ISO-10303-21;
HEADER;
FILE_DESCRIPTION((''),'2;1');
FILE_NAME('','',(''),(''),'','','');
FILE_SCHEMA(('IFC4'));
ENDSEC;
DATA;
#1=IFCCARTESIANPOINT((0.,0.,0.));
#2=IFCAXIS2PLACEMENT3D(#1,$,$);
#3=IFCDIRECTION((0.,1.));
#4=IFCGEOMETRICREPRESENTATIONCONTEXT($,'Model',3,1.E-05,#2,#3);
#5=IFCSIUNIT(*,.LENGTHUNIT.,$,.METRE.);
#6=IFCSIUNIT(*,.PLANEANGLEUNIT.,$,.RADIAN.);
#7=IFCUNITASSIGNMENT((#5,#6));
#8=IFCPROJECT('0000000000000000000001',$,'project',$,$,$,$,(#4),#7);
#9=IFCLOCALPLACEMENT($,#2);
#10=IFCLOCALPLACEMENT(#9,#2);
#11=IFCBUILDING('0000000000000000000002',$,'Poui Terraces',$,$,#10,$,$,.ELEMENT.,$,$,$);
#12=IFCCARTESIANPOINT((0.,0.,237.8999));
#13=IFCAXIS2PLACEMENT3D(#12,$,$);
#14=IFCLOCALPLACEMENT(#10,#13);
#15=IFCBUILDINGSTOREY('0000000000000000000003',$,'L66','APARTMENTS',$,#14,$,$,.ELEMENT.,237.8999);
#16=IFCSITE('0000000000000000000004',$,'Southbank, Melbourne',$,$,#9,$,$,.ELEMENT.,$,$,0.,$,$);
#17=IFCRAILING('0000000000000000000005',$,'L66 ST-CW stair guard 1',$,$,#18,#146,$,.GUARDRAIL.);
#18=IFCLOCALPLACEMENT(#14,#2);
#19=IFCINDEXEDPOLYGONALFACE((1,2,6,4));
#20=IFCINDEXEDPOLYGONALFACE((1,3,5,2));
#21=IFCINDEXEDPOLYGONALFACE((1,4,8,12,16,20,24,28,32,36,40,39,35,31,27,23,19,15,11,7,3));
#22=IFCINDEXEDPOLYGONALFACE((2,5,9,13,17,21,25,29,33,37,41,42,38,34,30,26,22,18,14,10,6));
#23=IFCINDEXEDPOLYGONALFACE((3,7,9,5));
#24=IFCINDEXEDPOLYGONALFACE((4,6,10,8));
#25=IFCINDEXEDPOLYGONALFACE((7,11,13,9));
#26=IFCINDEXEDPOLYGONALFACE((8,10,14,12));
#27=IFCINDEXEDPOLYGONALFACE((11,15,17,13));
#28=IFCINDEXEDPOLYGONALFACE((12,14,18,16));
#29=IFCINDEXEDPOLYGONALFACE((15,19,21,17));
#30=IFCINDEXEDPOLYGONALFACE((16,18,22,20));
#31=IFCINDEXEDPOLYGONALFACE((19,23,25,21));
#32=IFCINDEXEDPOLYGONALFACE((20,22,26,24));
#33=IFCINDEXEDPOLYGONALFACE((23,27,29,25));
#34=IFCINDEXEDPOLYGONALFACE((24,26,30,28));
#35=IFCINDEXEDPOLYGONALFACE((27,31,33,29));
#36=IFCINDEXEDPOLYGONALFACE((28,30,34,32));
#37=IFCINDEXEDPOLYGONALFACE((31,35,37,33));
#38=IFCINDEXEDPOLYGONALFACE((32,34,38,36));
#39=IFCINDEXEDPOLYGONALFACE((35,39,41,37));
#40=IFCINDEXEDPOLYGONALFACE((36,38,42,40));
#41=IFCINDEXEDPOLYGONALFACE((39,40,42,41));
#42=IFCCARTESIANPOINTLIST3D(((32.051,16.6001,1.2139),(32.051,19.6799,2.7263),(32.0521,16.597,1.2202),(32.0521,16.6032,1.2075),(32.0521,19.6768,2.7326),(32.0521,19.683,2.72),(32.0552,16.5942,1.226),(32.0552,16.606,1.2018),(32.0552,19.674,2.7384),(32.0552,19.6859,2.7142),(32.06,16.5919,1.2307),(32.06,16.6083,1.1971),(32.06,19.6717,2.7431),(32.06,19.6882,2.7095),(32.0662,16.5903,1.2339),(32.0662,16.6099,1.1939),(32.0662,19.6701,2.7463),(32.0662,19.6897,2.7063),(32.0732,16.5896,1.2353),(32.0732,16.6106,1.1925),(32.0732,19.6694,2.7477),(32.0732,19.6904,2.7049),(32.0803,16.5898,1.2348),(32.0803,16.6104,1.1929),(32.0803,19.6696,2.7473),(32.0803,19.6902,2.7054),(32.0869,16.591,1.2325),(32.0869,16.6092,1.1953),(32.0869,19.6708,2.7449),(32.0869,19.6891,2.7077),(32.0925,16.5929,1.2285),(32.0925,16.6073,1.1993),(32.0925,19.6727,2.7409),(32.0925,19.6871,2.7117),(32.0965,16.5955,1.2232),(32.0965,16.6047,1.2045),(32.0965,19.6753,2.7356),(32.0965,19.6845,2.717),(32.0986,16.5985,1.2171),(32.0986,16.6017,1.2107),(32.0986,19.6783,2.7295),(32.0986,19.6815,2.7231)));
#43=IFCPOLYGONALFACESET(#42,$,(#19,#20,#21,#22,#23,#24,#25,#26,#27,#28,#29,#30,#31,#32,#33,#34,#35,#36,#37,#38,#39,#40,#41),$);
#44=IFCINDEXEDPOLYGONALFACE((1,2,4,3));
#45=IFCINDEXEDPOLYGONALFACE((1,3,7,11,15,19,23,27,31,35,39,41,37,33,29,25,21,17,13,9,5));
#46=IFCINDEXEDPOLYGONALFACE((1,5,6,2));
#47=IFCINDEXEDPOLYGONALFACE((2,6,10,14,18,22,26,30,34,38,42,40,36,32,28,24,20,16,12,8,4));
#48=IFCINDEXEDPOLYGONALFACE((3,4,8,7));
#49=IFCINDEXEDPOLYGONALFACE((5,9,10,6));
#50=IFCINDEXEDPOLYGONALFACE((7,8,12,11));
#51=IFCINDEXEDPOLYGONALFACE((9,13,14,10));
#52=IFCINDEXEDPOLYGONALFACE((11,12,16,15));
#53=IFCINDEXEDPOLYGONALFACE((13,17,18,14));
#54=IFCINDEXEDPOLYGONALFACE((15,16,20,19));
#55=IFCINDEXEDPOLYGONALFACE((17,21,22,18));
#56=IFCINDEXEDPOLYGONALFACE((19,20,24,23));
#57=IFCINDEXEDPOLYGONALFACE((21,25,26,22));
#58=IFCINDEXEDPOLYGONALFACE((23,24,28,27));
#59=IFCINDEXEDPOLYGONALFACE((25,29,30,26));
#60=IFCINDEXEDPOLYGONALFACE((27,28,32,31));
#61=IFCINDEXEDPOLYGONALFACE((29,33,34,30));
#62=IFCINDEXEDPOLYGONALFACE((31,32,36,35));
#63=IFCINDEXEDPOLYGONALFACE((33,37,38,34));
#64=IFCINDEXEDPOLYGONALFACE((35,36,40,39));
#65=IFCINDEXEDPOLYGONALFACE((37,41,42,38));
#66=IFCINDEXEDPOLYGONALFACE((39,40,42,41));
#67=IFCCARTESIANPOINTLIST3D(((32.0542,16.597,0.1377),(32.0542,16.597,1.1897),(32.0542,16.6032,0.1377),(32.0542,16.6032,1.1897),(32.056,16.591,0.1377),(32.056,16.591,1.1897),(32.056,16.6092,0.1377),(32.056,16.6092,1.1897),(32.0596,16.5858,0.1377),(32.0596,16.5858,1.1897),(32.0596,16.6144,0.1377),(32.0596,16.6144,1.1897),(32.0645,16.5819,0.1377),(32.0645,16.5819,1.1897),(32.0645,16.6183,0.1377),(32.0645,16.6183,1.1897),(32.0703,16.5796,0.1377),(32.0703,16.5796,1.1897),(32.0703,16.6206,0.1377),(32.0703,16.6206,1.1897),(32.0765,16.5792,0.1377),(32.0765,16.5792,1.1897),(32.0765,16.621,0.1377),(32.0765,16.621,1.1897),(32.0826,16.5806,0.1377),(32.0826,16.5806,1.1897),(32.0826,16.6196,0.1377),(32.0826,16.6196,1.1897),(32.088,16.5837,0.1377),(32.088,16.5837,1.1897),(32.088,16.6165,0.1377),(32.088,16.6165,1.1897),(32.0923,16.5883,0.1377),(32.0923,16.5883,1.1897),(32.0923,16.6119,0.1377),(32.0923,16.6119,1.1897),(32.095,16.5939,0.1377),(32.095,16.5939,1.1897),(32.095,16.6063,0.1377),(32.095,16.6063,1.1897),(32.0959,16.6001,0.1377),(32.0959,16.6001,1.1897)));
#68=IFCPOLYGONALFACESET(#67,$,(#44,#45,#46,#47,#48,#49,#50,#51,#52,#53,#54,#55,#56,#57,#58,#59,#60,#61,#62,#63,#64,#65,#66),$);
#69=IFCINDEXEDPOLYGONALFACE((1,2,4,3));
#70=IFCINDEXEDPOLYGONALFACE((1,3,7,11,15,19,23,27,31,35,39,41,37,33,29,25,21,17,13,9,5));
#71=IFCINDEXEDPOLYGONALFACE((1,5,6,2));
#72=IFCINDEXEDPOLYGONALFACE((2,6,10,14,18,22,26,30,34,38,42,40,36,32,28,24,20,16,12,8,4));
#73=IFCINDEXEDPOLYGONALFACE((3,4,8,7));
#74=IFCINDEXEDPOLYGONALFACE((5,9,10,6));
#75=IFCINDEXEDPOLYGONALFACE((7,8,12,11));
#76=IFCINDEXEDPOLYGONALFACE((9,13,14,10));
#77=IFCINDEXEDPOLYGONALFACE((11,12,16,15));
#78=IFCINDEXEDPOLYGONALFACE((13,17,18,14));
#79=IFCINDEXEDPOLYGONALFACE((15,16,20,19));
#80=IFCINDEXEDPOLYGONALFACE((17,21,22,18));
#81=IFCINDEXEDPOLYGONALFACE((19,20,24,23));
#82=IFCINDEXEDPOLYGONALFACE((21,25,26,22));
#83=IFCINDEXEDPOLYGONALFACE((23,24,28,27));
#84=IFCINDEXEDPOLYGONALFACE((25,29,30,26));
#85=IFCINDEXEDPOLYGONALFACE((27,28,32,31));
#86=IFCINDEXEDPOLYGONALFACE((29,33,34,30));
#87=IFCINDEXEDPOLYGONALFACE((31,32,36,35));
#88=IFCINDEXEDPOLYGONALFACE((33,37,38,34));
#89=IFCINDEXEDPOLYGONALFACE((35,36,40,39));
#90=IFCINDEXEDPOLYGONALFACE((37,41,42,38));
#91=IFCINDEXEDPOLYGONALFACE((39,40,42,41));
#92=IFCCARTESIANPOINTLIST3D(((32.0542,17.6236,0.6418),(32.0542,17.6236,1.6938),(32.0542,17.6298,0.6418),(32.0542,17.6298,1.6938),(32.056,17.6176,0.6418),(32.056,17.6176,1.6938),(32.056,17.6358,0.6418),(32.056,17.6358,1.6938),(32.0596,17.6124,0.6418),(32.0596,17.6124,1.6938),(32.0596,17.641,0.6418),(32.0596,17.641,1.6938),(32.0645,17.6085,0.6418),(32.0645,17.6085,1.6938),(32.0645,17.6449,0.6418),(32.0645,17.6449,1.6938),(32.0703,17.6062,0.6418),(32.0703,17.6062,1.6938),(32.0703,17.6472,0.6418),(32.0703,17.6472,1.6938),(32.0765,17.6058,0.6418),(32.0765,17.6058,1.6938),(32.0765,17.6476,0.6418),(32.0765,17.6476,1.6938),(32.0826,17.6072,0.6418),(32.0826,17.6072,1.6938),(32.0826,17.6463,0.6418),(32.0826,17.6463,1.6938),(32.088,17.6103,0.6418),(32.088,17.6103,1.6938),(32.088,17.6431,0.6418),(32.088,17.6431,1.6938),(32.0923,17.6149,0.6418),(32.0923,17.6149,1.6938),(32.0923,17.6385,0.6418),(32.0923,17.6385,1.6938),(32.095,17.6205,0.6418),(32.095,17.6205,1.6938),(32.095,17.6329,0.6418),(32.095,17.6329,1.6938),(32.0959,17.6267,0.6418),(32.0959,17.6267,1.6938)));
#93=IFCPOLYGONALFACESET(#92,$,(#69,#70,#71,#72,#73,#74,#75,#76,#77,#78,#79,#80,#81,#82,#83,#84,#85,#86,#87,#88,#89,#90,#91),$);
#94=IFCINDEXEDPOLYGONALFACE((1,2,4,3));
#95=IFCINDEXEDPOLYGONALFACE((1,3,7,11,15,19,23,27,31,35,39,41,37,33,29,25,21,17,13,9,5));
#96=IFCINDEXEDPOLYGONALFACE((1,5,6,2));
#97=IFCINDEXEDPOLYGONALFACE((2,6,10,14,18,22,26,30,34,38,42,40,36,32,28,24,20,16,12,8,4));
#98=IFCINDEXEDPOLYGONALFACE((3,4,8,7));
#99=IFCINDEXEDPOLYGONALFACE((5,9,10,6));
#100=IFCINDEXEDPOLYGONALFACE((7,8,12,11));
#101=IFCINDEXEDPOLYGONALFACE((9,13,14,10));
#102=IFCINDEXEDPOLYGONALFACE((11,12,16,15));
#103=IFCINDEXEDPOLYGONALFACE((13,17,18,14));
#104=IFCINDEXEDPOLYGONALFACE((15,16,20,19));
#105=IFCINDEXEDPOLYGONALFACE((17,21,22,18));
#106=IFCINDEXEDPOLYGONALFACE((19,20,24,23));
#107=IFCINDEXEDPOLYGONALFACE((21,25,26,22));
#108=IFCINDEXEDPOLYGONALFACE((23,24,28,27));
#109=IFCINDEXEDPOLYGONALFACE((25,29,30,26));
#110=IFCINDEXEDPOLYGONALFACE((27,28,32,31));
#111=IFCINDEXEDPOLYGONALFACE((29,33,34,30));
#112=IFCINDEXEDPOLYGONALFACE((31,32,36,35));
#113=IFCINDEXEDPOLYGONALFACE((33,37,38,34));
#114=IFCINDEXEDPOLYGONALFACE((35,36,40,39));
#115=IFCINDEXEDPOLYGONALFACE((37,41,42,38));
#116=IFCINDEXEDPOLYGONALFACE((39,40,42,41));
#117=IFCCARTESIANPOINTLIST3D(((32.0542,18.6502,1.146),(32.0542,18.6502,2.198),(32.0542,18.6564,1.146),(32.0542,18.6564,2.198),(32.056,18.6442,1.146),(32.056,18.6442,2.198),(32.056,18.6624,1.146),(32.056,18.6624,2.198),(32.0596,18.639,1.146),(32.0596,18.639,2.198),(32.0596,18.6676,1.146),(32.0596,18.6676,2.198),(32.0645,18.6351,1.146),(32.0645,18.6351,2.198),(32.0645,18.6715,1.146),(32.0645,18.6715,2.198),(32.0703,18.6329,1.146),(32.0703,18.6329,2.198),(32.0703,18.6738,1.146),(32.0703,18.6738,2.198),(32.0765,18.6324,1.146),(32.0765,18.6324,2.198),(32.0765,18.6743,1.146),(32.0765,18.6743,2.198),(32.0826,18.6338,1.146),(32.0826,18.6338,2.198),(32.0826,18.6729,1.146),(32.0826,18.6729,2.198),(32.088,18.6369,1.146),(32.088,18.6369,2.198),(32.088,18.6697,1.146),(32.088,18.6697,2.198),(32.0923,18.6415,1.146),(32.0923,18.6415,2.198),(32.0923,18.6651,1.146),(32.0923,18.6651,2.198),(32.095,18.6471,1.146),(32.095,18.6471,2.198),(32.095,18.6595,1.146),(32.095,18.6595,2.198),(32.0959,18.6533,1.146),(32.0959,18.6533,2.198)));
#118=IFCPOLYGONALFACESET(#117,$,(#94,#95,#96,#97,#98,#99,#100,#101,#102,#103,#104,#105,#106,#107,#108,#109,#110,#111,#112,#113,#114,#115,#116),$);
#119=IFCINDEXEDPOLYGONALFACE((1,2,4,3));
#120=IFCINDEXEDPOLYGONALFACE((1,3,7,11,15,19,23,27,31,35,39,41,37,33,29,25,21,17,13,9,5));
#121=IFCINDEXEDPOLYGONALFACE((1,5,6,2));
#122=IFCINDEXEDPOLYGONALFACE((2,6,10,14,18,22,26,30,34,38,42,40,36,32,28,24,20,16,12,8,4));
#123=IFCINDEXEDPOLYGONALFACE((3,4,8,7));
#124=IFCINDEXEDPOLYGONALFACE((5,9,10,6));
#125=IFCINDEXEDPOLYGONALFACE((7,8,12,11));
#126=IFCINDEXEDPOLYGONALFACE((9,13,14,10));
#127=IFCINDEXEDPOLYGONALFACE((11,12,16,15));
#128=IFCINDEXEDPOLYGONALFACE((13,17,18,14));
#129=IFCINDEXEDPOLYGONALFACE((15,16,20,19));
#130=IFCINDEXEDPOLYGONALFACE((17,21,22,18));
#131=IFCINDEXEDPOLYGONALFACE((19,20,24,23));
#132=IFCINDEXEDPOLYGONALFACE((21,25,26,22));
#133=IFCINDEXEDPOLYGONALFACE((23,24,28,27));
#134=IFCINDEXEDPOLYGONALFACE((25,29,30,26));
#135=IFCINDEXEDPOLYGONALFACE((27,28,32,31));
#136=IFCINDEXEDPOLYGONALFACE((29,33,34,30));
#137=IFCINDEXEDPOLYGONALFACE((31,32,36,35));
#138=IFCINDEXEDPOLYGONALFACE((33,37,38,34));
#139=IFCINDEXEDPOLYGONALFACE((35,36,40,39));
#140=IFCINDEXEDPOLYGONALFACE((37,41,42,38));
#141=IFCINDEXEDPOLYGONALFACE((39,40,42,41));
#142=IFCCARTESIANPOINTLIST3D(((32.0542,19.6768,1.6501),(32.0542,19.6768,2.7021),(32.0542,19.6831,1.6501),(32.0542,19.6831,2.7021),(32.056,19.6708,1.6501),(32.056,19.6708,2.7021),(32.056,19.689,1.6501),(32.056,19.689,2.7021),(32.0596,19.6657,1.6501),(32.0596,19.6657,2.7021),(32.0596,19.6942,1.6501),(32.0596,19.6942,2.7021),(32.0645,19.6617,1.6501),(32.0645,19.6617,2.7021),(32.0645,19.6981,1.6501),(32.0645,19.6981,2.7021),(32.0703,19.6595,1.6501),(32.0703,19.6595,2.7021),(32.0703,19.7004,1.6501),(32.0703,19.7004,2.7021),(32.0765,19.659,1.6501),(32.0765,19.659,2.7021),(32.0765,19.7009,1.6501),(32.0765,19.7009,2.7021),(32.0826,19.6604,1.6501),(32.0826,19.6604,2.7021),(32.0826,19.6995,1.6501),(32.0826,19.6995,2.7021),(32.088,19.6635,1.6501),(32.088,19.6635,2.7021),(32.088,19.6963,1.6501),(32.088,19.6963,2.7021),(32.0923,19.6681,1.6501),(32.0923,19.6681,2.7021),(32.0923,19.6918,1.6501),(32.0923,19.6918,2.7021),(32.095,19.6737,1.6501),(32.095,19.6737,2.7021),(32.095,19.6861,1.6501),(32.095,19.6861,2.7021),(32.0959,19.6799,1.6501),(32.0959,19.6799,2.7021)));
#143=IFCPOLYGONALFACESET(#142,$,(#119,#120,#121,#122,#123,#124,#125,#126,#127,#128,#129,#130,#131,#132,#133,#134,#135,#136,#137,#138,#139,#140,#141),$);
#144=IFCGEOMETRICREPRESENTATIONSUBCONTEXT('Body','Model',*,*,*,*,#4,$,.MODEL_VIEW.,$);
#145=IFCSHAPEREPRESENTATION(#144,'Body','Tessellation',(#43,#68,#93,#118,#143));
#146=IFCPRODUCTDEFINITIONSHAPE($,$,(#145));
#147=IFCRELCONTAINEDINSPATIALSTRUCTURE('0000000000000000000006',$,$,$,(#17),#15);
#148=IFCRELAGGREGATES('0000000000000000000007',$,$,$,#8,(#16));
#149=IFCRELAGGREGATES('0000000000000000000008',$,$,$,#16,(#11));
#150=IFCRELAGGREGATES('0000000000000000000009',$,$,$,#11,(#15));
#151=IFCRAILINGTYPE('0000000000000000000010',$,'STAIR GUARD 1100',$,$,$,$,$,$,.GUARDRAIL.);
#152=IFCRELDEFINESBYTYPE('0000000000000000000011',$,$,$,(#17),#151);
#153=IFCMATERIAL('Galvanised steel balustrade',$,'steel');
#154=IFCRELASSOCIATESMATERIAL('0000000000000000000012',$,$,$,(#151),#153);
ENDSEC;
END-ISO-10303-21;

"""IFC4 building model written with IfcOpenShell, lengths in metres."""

from ifc_helpers import new_model, si_unit, direction, frame, origin, origin_2d, place, context, subcontext, project, spatial, circle, extrude, material, type_object, element, save


model = new_model("IFC4")

# Units and contexts
model_context = context("Model", 3, precision=1e-05, world=origin(), true_north=direction((0.0, 1.0)))
body_context = subcontext(model_context, "Body", "Model", "MODEL_VIEW")
ifc_project = project(units=[si_unit("LENGTHUNIT", "METRE"), si_unit("PLANEANGLEUNIT", "RADIAN")], contexts=[model_context])

# Site, building, storey
site_placement = place(None, origin())
site = spatial("IfcSite", under=ifc_project, at=site_placement, Name="Southbank, Melbourne", CompositionType="ELEMENT", RefElevation=0.0)
building_placement = place(site_placement, origin())
building = spatial("IfcBuilding", under=site, at=building_placement, Name="Poui Terraces", CompositionType="ELEMENT")
storey_placement = place(building_placement, frame((0.0, 0.0, 237.8999)))
storey = spatial("IfcBuildingStorey", under=building, at=storey_placement, Name="L66", Description="APARTMENTS", CompositionType="ELEMENT", Elevation=237.8999)

# Railing
ifc_material_1 = material(Name="Galvanised steel balustrade", Category="steel")
railing_type_1 = type_object("IfcRailingType", Name="STAIR GUARD 1100", PredefinedType="GUARDRAIL", material=ifc_material_1)
railing_1_placement = place(storey_placement, frame((32.075, 16.6001, 0.1377)))
element("IfcRailing", 1, at=railing_1_placement, inside=storey, type_object=railing_type_1, Name="L66 ST-CW stair guard 1", PredefinedType="GUARDRAIL", context=body_context, shape_type="SweptSolid", body=[
    extrude(circle(Radius=0.0239, at=origin_2d()), frame((0.0, 0.0, 1.0762), z_axis=(0.0, 0.897606, 0.440798), x_axis=(-1.0, 0.0, 0.0)), (0.0, 0.0, 1.0), 3.4312),
    extrude(circle(Radius=0.021, at=origin_2d()), origin(), (0.0, 0.0, 1.0), 1.052),
    extrude(circle(Radius=0.021, at=origin_2d()), frame((0.0, 1.0266, 0.5042)), (0.0, 0.0, 1.0), 1.052),
    extrude(circle(Radius=0.021, at=origin_2d()), frame((0.0, 2.0532, 1.0083)), (0.0, 0.0, 1.0), 1.052),
    extrude(circle(Radius=0.021, at=origin_2d()), frame((0.0, 3.0798, 1.5125)), (0.0, 0.0, 1.0), 1.052),
])

save(model, "model.ifc")
